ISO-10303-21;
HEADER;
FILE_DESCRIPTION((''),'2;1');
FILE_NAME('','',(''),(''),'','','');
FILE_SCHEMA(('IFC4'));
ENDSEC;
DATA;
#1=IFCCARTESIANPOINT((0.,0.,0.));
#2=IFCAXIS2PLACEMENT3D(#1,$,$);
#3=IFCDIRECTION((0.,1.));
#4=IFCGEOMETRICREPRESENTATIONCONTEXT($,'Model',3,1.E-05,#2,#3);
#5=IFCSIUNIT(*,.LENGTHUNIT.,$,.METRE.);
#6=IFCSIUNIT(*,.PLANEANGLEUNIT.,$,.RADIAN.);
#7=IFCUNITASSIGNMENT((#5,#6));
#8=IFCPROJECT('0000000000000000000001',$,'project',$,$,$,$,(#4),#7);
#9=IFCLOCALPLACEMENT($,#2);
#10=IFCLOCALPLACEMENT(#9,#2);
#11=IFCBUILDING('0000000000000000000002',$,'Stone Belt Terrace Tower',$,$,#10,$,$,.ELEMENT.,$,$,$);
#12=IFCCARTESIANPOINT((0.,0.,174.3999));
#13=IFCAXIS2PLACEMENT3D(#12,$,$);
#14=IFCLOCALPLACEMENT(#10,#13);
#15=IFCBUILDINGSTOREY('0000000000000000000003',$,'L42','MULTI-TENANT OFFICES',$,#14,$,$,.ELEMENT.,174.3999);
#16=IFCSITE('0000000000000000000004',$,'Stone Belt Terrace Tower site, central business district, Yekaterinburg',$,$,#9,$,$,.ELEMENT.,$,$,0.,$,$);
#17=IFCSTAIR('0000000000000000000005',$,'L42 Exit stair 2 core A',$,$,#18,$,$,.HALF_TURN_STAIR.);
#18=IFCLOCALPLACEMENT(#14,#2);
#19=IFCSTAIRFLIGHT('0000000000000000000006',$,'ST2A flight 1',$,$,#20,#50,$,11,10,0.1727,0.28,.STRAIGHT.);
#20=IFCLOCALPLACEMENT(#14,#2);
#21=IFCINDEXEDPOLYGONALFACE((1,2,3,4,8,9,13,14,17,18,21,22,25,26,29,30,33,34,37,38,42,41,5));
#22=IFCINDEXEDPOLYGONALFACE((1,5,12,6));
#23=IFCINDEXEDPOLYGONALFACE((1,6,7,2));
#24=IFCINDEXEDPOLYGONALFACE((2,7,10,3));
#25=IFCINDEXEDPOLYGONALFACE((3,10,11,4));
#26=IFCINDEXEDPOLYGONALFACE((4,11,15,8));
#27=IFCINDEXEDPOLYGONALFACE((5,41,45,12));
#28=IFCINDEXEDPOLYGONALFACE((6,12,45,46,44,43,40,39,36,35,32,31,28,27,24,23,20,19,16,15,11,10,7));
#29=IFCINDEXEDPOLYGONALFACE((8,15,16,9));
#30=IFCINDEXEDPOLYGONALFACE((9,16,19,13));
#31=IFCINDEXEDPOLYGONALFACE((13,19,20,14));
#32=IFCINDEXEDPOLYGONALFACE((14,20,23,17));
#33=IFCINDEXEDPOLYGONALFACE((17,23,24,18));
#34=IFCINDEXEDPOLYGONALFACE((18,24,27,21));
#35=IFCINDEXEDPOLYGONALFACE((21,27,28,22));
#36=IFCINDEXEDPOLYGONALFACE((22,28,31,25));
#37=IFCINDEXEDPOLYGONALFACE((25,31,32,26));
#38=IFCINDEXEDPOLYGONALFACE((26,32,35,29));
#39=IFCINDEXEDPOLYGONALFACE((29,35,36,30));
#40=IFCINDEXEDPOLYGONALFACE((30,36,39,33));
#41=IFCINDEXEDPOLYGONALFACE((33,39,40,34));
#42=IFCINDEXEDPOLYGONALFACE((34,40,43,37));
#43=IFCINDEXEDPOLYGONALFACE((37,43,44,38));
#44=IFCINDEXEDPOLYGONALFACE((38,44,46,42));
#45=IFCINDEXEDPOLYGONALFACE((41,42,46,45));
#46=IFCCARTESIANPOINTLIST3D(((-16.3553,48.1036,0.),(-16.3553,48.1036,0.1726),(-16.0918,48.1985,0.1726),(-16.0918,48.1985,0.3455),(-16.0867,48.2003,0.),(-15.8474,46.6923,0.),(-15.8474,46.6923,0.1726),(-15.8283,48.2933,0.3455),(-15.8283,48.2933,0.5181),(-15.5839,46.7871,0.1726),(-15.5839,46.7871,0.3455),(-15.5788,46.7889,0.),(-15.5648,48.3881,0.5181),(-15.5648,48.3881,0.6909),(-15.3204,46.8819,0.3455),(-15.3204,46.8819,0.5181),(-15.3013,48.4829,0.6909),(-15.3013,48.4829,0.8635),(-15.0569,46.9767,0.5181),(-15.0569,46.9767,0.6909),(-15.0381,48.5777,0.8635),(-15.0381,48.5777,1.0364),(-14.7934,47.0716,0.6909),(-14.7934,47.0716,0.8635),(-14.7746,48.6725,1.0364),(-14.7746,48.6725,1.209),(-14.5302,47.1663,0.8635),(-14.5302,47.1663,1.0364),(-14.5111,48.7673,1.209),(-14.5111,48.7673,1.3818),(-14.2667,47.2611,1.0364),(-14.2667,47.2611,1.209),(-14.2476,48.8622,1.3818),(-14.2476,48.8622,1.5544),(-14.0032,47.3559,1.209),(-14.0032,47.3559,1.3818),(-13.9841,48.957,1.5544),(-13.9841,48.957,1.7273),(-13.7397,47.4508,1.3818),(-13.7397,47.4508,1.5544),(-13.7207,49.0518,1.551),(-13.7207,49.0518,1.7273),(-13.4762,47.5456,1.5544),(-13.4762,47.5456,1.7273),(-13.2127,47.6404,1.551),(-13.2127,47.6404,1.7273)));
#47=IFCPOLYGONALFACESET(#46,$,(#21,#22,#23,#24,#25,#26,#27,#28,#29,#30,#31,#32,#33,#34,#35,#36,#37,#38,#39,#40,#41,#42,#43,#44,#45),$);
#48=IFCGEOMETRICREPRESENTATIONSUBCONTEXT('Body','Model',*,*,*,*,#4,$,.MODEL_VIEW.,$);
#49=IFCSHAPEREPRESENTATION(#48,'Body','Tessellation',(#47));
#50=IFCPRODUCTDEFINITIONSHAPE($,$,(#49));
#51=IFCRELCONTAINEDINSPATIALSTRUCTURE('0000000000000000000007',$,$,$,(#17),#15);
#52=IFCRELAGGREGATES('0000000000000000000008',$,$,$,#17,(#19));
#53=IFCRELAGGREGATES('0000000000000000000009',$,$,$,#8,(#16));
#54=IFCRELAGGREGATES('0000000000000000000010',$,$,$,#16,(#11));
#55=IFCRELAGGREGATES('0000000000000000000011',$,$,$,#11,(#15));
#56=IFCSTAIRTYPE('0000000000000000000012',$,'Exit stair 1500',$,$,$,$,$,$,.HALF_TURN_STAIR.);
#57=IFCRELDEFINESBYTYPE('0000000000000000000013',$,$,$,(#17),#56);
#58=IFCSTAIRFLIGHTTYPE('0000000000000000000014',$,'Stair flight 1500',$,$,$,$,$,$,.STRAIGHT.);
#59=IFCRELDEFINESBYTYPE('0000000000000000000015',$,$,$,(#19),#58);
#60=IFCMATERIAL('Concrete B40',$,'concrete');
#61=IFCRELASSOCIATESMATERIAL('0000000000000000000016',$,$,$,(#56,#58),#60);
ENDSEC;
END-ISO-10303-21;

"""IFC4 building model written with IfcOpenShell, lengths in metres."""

from ifc_helpers import new_model, si_unit, direction, frame, origin, place, context, subcontext, project, spatial, polyline, outline, extrude, material, type_object, element, aggregate, save


model = new_model("IFC4")

# Units and contexts
model_context = context("Model", 3, precision=1e-05, world=origin(), true_north=direction((0.0, 1.0)))
body_context = subcontext(model_context, "Body", "Model", "MODEL_VIEW")
ifc_project = project(units=[si_unit("LENGTHUNIT", "METRE"), si_unit("PLANEANGLEUNIT", "RADIAN")], contexts=[model_context])

# Site, building, storey
site_placement = place(None, origin())
site = spatial("IfcSite", under=ifc_project, at=site_placement, Name="Stone Belt Terrace Tower site, central business district, Yekaterinburg", CompositionType="ELEMENT", RefElevation=0.0)
building_placement = place(site_placement, origin())
building = spatial("IfcBuilding", under=site, at=building_placement, Name="Stone Belt Terrace Tower", CompositionType="ELEMENT")
storey_placement = place(building_placement, frame((0.0, 0.0, 174.3999)))
storey = spatial("IfcBuildingStorey", under=building, at=storey_placement, Name="L42", Description="MULTI-TENANT OFFICES", CompositionType="ELEMENT", Elevation=174.3999)

# Stair, stair flight
ifc_material_1 = material(Name="Concrete B40", Category="concrete")
stair_type = type_object("IfcStairType", Name="Exit stair 1500", PredefinedType="HALF_TURN_STAIR", material=ifc_material_1)
stair_placement = place(storey_placement, origin())
stair = element("IfcStair", 1, at=stair_placement, inside=storey, type_object=stair_type, Name="L42 Exit stair 2 core A", PredefinedType="HALF_TURN_STAIR")
stair_flight_type = type_object("IfcStairFlightType", Name="Stair flight 1500", PredefinedType="STRAIGHT", material=ifc_material_1)
stair_flight_placement = place(storey_placement, frame((-16.1013, 47.3979, 0.0), z_axis=(0.0, 0.0, 1.0), x_axis=(0.940922, 0.338624, 0.0)))
stair_flight = element("IfcStairFlight", 2, at=stair_flight_placement, type_object=stair_flight_type, Name="ST2A flight 1", NumberOfRisers=11, NumberOfTreads=10, PredefinedType="STRAIGHT", RiserHeight=0.1727, TreadLength=0.28, context=body_context, shape_type="SweptSolid", body=[
    extrude(outline(polyline([(0.0, 0.0), (0.0, 0.1726), (0.28, 0.1726), (0.28, 0.3455), (0.5601, 0.3455), (0.5601, 0.5181), (0.8401, 0.5181), (0.8401, 0.6909), (1.1201, 0.6909), (1.1201, 0.8635), (1.3999, 0.8635), (1.3999, 1.0364), (1.6799, 1.0364), (1.6799, 1.209), (1.96, 1.209), (1.96, 1.3818), (2.24, 1.3818), (2.24, 1.5544), (2.52, 1.5544), (2.52, 1.7273), (2.8, 1.7273), (2.8, 1.8999), (2.8, 1.551), (0.2854, 0.0), (0.0, 0.0)])), frame((0.0, 0.75, 0.0), z_axis=(0.0, -1.0, 0.0), x_axis=(1.0, 0.0, 0.0)), (0.0, 0.0, 1.0), 1.5),
])
aggregate(stair, [stair_flight])

save(model, "model.ifc")
